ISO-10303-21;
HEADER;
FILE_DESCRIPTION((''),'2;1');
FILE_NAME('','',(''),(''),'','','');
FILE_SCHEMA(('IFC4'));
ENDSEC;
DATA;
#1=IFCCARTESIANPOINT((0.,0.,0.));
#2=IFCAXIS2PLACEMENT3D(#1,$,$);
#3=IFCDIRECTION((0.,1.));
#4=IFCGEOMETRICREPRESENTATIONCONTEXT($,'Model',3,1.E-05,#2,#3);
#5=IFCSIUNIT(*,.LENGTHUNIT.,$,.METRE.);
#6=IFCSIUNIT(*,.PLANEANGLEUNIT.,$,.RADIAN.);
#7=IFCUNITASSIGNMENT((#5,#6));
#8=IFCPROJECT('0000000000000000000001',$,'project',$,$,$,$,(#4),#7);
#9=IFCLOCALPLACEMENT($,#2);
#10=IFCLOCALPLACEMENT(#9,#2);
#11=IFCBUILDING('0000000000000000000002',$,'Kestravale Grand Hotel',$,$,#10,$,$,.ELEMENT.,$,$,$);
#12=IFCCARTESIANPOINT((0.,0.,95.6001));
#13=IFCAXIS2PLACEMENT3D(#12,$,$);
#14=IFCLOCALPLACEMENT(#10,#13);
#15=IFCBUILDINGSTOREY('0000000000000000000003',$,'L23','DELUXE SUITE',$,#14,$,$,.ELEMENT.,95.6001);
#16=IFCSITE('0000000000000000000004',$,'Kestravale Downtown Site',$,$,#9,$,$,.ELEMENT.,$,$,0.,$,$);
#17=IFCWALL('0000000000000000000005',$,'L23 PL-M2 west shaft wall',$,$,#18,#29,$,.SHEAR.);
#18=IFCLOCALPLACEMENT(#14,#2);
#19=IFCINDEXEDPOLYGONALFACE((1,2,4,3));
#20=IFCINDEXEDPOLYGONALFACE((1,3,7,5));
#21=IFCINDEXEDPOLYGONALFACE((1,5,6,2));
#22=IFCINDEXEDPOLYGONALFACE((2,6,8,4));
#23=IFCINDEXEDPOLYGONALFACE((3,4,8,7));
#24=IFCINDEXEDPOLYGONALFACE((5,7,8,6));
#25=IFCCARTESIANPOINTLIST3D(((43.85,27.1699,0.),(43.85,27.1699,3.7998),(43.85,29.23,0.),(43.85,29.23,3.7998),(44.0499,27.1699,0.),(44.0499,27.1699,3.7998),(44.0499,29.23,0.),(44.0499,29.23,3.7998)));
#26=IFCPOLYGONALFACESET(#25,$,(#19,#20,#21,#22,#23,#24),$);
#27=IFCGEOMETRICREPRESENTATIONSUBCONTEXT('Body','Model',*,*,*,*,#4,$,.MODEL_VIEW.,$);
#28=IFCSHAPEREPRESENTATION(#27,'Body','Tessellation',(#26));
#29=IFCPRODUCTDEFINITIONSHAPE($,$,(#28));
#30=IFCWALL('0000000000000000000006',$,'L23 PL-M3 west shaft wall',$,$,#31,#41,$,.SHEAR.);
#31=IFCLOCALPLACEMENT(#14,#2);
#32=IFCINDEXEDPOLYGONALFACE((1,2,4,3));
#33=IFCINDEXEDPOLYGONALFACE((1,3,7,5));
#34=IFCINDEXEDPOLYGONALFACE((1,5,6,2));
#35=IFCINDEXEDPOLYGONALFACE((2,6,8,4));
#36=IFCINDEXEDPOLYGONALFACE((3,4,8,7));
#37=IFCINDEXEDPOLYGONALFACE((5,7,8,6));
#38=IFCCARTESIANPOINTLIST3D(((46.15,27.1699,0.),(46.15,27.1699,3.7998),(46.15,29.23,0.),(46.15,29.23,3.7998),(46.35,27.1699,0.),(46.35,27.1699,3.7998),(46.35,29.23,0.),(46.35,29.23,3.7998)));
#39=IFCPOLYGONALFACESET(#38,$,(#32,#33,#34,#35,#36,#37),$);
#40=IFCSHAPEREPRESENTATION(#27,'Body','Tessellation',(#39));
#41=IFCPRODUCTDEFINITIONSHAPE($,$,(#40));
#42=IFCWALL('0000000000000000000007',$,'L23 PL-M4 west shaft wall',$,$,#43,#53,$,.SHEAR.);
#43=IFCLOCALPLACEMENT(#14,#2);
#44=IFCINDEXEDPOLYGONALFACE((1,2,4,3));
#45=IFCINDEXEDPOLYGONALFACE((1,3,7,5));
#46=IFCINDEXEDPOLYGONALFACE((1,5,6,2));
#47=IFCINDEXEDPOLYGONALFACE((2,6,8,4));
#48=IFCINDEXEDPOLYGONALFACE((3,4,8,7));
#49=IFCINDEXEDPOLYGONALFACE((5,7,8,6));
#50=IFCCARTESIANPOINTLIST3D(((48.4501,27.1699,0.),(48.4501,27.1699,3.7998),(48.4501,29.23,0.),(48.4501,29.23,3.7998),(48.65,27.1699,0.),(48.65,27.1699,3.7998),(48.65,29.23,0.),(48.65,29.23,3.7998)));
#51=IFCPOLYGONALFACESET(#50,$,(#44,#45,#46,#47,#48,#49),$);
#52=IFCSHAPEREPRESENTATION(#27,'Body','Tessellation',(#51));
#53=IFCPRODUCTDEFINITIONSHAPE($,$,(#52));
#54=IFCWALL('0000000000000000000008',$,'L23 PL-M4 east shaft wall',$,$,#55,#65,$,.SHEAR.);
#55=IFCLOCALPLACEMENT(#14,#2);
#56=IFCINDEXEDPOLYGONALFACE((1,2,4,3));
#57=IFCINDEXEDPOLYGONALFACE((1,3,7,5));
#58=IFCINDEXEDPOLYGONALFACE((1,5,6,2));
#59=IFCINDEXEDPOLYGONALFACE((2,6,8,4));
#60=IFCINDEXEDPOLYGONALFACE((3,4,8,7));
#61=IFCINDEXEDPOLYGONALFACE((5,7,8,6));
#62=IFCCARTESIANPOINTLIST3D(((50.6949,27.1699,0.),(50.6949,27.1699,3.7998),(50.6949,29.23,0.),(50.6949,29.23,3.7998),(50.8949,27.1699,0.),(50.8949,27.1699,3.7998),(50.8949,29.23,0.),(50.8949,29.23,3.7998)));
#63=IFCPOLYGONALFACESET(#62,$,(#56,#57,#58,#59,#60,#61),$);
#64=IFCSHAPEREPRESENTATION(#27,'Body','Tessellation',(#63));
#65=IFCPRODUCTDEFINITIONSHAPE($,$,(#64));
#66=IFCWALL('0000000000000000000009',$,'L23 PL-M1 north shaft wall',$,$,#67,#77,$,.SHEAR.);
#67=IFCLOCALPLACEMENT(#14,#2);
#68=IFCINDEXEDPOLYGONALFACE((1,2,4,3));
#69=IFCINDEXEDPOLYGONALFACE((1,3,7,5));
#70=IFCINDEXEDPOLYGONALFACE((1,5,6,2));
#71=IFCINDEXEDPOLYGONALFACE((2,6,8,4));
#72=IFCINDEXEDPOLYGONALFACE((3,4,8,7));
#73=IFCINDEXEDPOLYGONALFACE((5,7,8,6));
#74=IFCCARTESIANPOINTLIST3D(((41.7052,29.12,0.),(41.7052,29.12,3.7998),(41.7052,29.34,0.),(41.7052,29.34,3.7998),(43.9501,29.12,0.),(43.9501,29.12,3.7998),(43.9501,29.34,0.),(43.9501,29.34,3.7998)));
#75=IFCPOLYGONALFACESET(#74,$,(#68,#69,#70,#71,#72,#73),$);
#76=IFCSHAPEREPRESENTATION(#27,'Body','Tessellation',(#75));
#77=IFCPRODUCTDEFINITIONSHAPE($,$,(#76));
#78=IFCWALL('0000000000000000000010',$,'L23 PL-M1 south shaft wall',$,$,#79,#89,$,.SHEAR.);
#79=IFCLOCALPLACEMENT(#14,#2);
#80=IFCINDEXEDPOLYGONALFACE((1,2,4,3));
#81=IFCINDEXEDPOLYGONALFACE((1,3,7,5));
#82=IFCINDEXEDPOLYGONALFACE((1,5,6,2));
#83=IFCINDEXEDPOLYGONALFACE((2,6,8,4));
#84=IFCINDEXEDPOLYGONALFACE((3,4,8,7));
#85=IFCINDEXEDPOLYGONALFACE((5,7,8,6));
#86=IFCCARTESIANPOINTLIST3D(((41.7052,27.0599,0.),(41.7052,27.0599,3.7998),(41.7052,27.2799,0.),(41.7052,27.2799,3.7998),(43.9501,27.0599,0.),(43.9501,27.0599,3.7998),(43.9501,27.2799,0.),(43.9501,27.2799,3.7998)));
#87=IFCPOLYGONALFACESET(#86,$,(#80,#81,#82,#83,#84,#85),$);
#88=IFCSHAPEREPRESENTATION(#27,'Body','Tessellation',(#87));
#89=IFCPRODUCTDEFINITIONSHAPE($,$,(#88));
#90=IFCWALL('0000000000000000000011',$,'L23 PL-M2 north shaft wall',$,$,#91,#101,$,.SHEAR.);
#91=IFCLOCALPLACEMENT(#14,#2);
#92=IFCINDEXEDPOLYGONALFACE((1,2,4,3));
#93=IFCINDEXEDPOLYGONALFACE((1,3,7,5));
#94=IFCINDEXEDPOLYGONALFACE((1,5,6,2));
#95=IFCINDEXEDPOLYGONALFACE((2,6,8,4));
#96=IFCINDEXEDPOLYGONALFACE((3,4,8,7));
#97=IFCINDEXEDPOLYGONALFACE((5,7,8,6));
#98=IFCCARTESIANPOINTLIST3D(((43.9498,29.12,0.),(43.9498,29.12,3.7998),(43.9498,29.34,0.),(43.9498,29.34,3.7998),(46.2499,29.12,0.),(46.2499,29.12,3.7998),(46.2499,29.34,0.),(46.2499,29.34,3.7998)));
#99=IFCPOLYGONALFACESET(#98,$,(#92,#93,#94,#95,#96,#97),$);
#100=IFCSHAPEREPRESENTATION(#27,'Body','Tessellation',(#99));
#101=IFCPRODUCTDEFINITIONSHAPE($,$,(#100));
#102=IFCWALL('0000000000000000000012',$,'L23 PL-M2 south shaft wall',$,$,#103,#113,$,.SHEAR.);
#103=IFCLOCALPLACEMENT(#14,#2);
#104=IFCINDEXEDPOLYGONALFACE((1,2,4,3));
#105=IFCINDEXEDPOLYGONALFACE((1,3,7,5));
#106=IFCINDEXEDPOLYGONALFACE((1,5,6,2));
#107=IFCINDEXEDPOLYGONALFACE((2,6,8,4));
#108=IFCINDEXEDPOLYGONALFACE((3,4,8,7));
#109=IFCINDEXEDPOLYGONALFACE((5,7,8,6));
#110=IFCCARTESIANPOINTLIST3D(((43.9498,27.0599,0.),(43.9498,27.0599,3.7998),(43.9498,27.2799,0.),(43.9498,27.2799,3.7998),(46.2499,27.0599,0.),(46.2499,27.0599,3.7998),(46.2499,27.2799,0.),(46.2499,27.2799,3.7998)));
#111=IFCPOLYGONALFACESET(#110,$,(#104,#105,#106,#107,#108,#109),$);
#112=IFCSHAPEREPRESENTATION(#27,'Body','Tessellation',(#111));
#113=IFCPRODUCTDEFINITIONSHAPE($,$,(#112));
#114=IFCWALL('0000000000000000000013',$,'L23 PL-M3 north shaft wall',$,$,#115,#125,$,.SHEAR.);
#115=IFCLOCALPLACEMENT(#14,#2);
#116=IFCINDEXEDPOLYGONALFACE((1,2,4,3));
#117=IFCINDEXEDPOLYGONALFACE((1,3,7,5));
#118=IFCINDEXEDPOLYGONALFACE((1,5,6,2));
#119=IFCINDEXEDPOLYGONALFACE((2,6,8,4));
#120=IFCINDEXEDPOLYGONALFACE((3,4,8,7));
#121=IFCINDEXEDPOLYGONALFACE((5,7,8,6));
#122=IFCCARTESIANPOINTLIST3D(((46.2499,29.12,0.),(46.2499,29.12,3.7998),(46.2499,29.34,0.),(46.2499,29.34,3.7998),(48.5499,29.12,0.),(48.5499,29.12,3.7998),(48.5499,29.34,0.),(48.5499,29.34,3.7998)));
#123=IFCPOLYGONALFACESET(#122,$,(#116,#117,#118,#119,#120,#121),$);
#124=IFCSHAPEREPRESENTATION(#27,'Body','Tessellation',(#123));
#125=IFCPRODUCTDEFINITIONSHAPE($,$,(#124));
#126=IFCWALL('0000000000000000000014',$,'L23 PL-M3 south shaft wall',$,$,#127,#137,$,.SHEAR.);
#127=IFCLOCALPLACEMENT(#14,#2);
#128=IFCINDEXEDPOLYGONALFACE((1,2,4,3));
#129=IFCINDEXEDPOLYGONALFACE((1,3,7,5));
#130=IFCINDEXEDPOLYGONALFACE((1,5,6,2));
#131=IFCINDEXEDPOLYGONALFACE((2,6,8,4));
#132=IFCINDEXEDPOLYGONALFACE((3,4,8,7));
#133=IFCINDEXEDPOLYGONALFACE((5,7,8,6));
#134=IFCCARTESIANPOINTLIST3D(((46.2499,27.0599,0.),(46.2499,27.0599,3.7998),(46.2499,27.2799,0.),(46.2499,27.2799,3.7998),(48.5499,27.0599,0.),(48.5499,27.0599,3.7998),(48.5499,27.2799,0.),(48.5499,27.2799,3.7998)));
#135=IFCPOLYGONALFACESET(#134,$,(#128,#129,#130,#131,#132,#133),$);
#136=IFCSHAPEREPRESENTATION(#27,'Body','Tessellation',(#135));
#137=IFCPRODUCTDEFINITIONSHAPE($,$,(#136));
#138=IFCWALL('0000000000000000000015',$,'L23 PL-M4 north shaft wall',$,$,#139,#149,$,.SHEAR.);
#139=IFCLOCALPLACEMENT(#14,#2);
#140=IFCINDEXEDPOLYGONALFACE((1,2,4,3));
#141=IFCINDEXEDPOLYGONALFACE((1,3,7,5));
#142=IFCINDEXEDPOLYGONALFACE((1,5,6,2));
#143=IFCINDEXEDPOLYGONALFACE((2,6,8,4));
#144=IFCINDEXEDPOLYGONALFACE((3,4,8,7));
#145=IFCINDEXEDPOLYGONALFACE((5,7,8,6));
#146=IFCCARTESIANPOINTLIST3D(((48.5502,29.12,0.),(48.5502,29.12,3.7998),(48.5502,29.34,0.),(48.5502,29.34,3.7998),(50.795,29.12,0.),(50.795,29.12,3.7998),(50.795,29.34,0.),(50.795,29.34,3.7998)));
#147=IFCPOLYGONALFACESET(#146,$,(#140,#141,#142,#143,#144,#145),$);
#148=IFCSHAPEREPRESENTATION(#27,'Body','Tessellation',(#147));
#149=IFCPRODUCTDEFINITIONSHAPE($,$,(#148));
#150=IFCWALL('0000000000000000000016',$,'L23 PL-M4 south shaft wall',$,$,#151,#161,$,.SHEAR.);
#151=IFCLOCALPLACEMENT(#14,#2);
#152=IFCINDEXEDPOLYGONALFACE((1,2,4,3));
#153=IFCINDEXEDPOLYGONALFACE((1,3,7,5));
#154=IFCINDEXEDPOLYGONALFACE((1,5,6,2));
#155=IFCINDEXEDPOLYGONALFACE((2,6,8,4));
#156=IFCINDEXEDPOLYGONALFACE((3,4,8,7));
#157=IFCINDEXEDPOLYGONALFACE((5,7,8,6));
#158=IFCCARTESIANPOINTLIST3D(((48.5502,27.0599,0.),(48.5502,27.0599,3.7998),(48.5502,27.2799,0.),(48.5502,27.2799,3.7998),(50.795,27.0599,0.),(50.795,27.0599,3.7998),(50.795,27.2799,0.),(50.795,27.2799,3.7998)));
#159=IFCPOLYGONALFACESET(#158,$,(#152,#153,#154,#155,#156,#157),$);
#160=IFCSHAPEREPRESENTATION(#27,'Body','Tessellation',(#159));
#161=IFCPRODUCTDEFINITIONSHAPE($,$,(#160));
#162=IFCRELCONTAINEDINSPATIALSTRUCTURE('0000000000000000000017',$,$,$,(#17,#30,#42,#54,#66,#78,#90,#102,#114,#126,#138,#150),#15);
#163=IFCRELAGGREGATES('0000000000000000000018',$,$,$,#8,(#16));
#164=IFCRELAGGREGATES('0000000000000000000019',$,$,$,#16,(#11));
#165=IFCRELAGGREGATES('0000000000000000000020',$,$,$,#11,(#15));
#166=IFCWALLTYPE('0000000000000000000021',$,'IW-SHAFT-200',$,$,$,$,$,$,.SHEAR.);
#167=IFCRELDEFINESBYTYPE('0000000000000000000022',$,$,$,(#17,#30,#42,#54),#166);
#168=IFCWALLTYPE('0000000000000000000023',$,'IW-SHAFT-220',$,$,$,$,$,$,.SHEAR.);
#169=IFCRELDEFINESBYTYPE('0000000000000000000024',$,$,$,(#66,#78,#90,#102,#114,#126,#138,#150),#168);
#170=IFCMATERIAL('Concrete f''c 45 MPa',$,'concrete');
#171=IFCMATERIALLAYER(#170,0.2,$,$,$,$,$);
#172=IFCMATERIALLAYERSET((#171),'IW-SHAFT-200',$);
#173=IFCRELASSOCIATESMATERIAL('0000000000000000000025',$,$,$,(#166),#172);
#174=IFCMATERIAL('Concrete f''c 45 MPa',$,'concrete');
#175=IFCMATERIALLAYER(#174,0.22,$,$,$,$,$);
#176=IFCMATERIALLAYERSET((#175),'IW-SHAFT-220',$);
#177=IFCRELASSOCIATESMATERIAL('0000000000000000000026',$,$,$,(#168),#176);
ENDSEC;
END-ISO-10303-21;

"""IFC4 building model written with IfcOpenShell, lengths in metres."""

from ifc_helpers import new_model, si_unit, direction, frame, frame_2d, origin, place, context, subcontext, project, spatial, rectangle, extrude, material, layer, layer_set, type_object, element, save


model = new_model("IFC4")

# Units and contexts
model_context = context("Model", 3, precision=1e-05, world=origin(), true_north=direction((0.0, 1.0)))
body_context = subcontext(model_context, "Body", "Model", "MODEL_VIEW")
ifc_project = project(units=[si_unit("LENGTHUNIT", "METRE"), si_unit("PLANEANGLEUNIT", "RADIAN")], contexts=[model_context])

# Site, building, storey
site_placement = place(None, origin())
site = spatial("IfcSite", under=ifc_project, at=site_placement, Name="Kestravale Downtown Site", CompositionType="ELEMENT", RefElevation=0.0)
building_placement = place(site_placement, origin())
building = spatial("IfcBuilding", under=site, at=building_placement, Name="Kestravale Grand Hotel", CompositionType="ELEMENT")
storey_placement = place(building_placement, frame((0.0, 0.0, 95.6001)))
storey = spatial("IfcBuildingStorey", under=building, at=storey_placement, Name="L23", Description="DELUXE SUITE", CompositionType="ELEMENT", Elevation=95.6001)

# Walls
ifc_material_1 = material(Name="Concrete f'c 45 MPa", Category="concrete")
ifc_layer_1 = layer(ifc_material_1, 0.2)
ifc_layer_set_1 = layer_set([ifc_layer_1], Name="IW-SHAFT-200")
wall_type_1 = type_object("IfcWallType", Name="IW-SHAFT-200", PredefinedType="SHEAR", material=ifc_layer_set_1)
for number, where, z_axis, x_axis, name in (
    (1, (43.95, 27.1699, 0.0), (0.0, 0.0, 1.0), (0.0, 1.0, 0.0), "L23 PL-M2 west shaft wall"),
    (2, (46.25, 27.1699, 0.0), (0.0, 0.0, 1.0), (0.0, 1.0, 0.0), "L23 PL-M3 west shaft wall"),
    (3, (48.55, 27.1699, 0.0), (0.0, 0.0, 1.0), (0.0, 1.0, 0.0), "L23 PL-M4 west shaft wall"),
    (4, (50.7949, 27.1699, 0.0), (0.0, 0.0, 1.0), (0.0, 1.0, 0.0), "L23 PL-M4 east shaft wall"),
):
    element("IfcWall", number, at=place(storey_placement, frame(where, z_axis=z_axis, x_axis=x_axis)), inside=storey, type_object=wall_type_1, Name=name, PredefinedType="SHEAR", context=body_context, shape_type="SweptSolid", body=[
        extrude(rectangle(XDim=2.0601, YDim=0.2, at=frame_2d((1.03, 0.0))), origin(), (0.0, 0.0, 1.0), 3.7998),
    ])
ifc_material_2 = material(Name="Concrete f'c 45 MPa", Category="concrete")
ifc_layer_2 = layer(ifc_material_2, 0.22)
ifc_layer_set_2 = layer_set([ifc_layer_2], Name="IW-SHAFT-220")
wall_type_2 = type_object("IfcWallType", Name="IW-SHAFT-220", PredefinedType="SHEAR", material=ifc_layer_set_2)
for number, where, z_axis, x_axis, name in (
    (5, (41.7051, 29.23, 0.0), (0.0, 0.0, 1.0), (1.0, 0.0, 0.0), "L23 PL-M1 north shaft wall"),
    (6, (41.7051, 27.1699, 0.0), (0.0, 0.0, 1.0), (1.0, 0.0, 0.0), "L23 PL-M1 south shaft wall"),
):
    element("IfcWall", number, at=place(storey_placement, frame(where, z_axis=z_axis, x_axis=x_axis)), inside=storey, type_object=wall_type_2, Name=name, PredefinedType="SHEAR", context=body_context, shape_type="SweptSolid", body=[
        extrude(rectangle(XDim=2.2449, YDim=0.22, at=frame_2d((1.1226, 0.0))), origin(), (0.0, 0.0, 1.0), 3.7998),
    ])
for number, where, z_axis, x_axis, name in (
    (7, (43.95, 29.23, 0.0), (0.0, 0.0, 1.0), (1.0, 0.0, 0.0), "L23 PL-M2 north shaft wall"),
    (8, (43.95, 27.1699, 0.0), (0.0, 0.0, 1.0), (1.0, 0.0, 0.0), "L23 PL-M2 south shaft wall"),
    (9, (46.25, 29.23, 0.0), (0.0, 0.0, 1.0), (1.0, 0.0, 0.0), "L23 PL-M3 north shaft wall"),
    (10, (46.25, 27.1699, 0.0), (0.0, 0.0, 1.0), (1.0, 0.0, 0.0), "L23 PL-M3 south shaft wall"),
):
    element("IfcWall", number, at=place(storey_placement, frame(where, z_axis=z_axis, x_axis=x_axis)), inside=storey, type_object=wall_type_2, Name=name, PredefinedType="SHEAR", context=body_context, shape_type="SweptSolid", body=[
        extrude(rectangle(XDim=2.3, YDim=0.22, at=frame_2d((1.1499, 0.0))), origin(), (0.0, 0.0, 1.0), 3.7998),
    ])
for number, where, z_axis, x_axis, name in (
    (11, (48.55, 29.23, 0.0), (0.0, 0.0, 1.0), (1.0, 0.0, 0.0), "L23 PL-M4 north shaft wall"),
    (12, (48.55, 27.1699, 0.0), (0.0, 0.0, 1.0), (1.0, 0.0, 0.0), "L23 PL-M4 south shaft wall"),
):
    element("IfcWall", number, at=place(storey_placement, frame(where, z_axis=z_axis, x_axis=x_axis)), inside=storey, type_object=wall_type_2, Name=name, PredefinedType="SHEAR", context=body_context, shape_type="SweptSolid", body=[
        extrude(rectangle(XDim=2.2449, YDim=0.22, at=frame_2d((1.1226, 0.0))), origin(), (0.0, 0.0, 1.0), 3.7998),
    ])

save(model, "model.ifc")
